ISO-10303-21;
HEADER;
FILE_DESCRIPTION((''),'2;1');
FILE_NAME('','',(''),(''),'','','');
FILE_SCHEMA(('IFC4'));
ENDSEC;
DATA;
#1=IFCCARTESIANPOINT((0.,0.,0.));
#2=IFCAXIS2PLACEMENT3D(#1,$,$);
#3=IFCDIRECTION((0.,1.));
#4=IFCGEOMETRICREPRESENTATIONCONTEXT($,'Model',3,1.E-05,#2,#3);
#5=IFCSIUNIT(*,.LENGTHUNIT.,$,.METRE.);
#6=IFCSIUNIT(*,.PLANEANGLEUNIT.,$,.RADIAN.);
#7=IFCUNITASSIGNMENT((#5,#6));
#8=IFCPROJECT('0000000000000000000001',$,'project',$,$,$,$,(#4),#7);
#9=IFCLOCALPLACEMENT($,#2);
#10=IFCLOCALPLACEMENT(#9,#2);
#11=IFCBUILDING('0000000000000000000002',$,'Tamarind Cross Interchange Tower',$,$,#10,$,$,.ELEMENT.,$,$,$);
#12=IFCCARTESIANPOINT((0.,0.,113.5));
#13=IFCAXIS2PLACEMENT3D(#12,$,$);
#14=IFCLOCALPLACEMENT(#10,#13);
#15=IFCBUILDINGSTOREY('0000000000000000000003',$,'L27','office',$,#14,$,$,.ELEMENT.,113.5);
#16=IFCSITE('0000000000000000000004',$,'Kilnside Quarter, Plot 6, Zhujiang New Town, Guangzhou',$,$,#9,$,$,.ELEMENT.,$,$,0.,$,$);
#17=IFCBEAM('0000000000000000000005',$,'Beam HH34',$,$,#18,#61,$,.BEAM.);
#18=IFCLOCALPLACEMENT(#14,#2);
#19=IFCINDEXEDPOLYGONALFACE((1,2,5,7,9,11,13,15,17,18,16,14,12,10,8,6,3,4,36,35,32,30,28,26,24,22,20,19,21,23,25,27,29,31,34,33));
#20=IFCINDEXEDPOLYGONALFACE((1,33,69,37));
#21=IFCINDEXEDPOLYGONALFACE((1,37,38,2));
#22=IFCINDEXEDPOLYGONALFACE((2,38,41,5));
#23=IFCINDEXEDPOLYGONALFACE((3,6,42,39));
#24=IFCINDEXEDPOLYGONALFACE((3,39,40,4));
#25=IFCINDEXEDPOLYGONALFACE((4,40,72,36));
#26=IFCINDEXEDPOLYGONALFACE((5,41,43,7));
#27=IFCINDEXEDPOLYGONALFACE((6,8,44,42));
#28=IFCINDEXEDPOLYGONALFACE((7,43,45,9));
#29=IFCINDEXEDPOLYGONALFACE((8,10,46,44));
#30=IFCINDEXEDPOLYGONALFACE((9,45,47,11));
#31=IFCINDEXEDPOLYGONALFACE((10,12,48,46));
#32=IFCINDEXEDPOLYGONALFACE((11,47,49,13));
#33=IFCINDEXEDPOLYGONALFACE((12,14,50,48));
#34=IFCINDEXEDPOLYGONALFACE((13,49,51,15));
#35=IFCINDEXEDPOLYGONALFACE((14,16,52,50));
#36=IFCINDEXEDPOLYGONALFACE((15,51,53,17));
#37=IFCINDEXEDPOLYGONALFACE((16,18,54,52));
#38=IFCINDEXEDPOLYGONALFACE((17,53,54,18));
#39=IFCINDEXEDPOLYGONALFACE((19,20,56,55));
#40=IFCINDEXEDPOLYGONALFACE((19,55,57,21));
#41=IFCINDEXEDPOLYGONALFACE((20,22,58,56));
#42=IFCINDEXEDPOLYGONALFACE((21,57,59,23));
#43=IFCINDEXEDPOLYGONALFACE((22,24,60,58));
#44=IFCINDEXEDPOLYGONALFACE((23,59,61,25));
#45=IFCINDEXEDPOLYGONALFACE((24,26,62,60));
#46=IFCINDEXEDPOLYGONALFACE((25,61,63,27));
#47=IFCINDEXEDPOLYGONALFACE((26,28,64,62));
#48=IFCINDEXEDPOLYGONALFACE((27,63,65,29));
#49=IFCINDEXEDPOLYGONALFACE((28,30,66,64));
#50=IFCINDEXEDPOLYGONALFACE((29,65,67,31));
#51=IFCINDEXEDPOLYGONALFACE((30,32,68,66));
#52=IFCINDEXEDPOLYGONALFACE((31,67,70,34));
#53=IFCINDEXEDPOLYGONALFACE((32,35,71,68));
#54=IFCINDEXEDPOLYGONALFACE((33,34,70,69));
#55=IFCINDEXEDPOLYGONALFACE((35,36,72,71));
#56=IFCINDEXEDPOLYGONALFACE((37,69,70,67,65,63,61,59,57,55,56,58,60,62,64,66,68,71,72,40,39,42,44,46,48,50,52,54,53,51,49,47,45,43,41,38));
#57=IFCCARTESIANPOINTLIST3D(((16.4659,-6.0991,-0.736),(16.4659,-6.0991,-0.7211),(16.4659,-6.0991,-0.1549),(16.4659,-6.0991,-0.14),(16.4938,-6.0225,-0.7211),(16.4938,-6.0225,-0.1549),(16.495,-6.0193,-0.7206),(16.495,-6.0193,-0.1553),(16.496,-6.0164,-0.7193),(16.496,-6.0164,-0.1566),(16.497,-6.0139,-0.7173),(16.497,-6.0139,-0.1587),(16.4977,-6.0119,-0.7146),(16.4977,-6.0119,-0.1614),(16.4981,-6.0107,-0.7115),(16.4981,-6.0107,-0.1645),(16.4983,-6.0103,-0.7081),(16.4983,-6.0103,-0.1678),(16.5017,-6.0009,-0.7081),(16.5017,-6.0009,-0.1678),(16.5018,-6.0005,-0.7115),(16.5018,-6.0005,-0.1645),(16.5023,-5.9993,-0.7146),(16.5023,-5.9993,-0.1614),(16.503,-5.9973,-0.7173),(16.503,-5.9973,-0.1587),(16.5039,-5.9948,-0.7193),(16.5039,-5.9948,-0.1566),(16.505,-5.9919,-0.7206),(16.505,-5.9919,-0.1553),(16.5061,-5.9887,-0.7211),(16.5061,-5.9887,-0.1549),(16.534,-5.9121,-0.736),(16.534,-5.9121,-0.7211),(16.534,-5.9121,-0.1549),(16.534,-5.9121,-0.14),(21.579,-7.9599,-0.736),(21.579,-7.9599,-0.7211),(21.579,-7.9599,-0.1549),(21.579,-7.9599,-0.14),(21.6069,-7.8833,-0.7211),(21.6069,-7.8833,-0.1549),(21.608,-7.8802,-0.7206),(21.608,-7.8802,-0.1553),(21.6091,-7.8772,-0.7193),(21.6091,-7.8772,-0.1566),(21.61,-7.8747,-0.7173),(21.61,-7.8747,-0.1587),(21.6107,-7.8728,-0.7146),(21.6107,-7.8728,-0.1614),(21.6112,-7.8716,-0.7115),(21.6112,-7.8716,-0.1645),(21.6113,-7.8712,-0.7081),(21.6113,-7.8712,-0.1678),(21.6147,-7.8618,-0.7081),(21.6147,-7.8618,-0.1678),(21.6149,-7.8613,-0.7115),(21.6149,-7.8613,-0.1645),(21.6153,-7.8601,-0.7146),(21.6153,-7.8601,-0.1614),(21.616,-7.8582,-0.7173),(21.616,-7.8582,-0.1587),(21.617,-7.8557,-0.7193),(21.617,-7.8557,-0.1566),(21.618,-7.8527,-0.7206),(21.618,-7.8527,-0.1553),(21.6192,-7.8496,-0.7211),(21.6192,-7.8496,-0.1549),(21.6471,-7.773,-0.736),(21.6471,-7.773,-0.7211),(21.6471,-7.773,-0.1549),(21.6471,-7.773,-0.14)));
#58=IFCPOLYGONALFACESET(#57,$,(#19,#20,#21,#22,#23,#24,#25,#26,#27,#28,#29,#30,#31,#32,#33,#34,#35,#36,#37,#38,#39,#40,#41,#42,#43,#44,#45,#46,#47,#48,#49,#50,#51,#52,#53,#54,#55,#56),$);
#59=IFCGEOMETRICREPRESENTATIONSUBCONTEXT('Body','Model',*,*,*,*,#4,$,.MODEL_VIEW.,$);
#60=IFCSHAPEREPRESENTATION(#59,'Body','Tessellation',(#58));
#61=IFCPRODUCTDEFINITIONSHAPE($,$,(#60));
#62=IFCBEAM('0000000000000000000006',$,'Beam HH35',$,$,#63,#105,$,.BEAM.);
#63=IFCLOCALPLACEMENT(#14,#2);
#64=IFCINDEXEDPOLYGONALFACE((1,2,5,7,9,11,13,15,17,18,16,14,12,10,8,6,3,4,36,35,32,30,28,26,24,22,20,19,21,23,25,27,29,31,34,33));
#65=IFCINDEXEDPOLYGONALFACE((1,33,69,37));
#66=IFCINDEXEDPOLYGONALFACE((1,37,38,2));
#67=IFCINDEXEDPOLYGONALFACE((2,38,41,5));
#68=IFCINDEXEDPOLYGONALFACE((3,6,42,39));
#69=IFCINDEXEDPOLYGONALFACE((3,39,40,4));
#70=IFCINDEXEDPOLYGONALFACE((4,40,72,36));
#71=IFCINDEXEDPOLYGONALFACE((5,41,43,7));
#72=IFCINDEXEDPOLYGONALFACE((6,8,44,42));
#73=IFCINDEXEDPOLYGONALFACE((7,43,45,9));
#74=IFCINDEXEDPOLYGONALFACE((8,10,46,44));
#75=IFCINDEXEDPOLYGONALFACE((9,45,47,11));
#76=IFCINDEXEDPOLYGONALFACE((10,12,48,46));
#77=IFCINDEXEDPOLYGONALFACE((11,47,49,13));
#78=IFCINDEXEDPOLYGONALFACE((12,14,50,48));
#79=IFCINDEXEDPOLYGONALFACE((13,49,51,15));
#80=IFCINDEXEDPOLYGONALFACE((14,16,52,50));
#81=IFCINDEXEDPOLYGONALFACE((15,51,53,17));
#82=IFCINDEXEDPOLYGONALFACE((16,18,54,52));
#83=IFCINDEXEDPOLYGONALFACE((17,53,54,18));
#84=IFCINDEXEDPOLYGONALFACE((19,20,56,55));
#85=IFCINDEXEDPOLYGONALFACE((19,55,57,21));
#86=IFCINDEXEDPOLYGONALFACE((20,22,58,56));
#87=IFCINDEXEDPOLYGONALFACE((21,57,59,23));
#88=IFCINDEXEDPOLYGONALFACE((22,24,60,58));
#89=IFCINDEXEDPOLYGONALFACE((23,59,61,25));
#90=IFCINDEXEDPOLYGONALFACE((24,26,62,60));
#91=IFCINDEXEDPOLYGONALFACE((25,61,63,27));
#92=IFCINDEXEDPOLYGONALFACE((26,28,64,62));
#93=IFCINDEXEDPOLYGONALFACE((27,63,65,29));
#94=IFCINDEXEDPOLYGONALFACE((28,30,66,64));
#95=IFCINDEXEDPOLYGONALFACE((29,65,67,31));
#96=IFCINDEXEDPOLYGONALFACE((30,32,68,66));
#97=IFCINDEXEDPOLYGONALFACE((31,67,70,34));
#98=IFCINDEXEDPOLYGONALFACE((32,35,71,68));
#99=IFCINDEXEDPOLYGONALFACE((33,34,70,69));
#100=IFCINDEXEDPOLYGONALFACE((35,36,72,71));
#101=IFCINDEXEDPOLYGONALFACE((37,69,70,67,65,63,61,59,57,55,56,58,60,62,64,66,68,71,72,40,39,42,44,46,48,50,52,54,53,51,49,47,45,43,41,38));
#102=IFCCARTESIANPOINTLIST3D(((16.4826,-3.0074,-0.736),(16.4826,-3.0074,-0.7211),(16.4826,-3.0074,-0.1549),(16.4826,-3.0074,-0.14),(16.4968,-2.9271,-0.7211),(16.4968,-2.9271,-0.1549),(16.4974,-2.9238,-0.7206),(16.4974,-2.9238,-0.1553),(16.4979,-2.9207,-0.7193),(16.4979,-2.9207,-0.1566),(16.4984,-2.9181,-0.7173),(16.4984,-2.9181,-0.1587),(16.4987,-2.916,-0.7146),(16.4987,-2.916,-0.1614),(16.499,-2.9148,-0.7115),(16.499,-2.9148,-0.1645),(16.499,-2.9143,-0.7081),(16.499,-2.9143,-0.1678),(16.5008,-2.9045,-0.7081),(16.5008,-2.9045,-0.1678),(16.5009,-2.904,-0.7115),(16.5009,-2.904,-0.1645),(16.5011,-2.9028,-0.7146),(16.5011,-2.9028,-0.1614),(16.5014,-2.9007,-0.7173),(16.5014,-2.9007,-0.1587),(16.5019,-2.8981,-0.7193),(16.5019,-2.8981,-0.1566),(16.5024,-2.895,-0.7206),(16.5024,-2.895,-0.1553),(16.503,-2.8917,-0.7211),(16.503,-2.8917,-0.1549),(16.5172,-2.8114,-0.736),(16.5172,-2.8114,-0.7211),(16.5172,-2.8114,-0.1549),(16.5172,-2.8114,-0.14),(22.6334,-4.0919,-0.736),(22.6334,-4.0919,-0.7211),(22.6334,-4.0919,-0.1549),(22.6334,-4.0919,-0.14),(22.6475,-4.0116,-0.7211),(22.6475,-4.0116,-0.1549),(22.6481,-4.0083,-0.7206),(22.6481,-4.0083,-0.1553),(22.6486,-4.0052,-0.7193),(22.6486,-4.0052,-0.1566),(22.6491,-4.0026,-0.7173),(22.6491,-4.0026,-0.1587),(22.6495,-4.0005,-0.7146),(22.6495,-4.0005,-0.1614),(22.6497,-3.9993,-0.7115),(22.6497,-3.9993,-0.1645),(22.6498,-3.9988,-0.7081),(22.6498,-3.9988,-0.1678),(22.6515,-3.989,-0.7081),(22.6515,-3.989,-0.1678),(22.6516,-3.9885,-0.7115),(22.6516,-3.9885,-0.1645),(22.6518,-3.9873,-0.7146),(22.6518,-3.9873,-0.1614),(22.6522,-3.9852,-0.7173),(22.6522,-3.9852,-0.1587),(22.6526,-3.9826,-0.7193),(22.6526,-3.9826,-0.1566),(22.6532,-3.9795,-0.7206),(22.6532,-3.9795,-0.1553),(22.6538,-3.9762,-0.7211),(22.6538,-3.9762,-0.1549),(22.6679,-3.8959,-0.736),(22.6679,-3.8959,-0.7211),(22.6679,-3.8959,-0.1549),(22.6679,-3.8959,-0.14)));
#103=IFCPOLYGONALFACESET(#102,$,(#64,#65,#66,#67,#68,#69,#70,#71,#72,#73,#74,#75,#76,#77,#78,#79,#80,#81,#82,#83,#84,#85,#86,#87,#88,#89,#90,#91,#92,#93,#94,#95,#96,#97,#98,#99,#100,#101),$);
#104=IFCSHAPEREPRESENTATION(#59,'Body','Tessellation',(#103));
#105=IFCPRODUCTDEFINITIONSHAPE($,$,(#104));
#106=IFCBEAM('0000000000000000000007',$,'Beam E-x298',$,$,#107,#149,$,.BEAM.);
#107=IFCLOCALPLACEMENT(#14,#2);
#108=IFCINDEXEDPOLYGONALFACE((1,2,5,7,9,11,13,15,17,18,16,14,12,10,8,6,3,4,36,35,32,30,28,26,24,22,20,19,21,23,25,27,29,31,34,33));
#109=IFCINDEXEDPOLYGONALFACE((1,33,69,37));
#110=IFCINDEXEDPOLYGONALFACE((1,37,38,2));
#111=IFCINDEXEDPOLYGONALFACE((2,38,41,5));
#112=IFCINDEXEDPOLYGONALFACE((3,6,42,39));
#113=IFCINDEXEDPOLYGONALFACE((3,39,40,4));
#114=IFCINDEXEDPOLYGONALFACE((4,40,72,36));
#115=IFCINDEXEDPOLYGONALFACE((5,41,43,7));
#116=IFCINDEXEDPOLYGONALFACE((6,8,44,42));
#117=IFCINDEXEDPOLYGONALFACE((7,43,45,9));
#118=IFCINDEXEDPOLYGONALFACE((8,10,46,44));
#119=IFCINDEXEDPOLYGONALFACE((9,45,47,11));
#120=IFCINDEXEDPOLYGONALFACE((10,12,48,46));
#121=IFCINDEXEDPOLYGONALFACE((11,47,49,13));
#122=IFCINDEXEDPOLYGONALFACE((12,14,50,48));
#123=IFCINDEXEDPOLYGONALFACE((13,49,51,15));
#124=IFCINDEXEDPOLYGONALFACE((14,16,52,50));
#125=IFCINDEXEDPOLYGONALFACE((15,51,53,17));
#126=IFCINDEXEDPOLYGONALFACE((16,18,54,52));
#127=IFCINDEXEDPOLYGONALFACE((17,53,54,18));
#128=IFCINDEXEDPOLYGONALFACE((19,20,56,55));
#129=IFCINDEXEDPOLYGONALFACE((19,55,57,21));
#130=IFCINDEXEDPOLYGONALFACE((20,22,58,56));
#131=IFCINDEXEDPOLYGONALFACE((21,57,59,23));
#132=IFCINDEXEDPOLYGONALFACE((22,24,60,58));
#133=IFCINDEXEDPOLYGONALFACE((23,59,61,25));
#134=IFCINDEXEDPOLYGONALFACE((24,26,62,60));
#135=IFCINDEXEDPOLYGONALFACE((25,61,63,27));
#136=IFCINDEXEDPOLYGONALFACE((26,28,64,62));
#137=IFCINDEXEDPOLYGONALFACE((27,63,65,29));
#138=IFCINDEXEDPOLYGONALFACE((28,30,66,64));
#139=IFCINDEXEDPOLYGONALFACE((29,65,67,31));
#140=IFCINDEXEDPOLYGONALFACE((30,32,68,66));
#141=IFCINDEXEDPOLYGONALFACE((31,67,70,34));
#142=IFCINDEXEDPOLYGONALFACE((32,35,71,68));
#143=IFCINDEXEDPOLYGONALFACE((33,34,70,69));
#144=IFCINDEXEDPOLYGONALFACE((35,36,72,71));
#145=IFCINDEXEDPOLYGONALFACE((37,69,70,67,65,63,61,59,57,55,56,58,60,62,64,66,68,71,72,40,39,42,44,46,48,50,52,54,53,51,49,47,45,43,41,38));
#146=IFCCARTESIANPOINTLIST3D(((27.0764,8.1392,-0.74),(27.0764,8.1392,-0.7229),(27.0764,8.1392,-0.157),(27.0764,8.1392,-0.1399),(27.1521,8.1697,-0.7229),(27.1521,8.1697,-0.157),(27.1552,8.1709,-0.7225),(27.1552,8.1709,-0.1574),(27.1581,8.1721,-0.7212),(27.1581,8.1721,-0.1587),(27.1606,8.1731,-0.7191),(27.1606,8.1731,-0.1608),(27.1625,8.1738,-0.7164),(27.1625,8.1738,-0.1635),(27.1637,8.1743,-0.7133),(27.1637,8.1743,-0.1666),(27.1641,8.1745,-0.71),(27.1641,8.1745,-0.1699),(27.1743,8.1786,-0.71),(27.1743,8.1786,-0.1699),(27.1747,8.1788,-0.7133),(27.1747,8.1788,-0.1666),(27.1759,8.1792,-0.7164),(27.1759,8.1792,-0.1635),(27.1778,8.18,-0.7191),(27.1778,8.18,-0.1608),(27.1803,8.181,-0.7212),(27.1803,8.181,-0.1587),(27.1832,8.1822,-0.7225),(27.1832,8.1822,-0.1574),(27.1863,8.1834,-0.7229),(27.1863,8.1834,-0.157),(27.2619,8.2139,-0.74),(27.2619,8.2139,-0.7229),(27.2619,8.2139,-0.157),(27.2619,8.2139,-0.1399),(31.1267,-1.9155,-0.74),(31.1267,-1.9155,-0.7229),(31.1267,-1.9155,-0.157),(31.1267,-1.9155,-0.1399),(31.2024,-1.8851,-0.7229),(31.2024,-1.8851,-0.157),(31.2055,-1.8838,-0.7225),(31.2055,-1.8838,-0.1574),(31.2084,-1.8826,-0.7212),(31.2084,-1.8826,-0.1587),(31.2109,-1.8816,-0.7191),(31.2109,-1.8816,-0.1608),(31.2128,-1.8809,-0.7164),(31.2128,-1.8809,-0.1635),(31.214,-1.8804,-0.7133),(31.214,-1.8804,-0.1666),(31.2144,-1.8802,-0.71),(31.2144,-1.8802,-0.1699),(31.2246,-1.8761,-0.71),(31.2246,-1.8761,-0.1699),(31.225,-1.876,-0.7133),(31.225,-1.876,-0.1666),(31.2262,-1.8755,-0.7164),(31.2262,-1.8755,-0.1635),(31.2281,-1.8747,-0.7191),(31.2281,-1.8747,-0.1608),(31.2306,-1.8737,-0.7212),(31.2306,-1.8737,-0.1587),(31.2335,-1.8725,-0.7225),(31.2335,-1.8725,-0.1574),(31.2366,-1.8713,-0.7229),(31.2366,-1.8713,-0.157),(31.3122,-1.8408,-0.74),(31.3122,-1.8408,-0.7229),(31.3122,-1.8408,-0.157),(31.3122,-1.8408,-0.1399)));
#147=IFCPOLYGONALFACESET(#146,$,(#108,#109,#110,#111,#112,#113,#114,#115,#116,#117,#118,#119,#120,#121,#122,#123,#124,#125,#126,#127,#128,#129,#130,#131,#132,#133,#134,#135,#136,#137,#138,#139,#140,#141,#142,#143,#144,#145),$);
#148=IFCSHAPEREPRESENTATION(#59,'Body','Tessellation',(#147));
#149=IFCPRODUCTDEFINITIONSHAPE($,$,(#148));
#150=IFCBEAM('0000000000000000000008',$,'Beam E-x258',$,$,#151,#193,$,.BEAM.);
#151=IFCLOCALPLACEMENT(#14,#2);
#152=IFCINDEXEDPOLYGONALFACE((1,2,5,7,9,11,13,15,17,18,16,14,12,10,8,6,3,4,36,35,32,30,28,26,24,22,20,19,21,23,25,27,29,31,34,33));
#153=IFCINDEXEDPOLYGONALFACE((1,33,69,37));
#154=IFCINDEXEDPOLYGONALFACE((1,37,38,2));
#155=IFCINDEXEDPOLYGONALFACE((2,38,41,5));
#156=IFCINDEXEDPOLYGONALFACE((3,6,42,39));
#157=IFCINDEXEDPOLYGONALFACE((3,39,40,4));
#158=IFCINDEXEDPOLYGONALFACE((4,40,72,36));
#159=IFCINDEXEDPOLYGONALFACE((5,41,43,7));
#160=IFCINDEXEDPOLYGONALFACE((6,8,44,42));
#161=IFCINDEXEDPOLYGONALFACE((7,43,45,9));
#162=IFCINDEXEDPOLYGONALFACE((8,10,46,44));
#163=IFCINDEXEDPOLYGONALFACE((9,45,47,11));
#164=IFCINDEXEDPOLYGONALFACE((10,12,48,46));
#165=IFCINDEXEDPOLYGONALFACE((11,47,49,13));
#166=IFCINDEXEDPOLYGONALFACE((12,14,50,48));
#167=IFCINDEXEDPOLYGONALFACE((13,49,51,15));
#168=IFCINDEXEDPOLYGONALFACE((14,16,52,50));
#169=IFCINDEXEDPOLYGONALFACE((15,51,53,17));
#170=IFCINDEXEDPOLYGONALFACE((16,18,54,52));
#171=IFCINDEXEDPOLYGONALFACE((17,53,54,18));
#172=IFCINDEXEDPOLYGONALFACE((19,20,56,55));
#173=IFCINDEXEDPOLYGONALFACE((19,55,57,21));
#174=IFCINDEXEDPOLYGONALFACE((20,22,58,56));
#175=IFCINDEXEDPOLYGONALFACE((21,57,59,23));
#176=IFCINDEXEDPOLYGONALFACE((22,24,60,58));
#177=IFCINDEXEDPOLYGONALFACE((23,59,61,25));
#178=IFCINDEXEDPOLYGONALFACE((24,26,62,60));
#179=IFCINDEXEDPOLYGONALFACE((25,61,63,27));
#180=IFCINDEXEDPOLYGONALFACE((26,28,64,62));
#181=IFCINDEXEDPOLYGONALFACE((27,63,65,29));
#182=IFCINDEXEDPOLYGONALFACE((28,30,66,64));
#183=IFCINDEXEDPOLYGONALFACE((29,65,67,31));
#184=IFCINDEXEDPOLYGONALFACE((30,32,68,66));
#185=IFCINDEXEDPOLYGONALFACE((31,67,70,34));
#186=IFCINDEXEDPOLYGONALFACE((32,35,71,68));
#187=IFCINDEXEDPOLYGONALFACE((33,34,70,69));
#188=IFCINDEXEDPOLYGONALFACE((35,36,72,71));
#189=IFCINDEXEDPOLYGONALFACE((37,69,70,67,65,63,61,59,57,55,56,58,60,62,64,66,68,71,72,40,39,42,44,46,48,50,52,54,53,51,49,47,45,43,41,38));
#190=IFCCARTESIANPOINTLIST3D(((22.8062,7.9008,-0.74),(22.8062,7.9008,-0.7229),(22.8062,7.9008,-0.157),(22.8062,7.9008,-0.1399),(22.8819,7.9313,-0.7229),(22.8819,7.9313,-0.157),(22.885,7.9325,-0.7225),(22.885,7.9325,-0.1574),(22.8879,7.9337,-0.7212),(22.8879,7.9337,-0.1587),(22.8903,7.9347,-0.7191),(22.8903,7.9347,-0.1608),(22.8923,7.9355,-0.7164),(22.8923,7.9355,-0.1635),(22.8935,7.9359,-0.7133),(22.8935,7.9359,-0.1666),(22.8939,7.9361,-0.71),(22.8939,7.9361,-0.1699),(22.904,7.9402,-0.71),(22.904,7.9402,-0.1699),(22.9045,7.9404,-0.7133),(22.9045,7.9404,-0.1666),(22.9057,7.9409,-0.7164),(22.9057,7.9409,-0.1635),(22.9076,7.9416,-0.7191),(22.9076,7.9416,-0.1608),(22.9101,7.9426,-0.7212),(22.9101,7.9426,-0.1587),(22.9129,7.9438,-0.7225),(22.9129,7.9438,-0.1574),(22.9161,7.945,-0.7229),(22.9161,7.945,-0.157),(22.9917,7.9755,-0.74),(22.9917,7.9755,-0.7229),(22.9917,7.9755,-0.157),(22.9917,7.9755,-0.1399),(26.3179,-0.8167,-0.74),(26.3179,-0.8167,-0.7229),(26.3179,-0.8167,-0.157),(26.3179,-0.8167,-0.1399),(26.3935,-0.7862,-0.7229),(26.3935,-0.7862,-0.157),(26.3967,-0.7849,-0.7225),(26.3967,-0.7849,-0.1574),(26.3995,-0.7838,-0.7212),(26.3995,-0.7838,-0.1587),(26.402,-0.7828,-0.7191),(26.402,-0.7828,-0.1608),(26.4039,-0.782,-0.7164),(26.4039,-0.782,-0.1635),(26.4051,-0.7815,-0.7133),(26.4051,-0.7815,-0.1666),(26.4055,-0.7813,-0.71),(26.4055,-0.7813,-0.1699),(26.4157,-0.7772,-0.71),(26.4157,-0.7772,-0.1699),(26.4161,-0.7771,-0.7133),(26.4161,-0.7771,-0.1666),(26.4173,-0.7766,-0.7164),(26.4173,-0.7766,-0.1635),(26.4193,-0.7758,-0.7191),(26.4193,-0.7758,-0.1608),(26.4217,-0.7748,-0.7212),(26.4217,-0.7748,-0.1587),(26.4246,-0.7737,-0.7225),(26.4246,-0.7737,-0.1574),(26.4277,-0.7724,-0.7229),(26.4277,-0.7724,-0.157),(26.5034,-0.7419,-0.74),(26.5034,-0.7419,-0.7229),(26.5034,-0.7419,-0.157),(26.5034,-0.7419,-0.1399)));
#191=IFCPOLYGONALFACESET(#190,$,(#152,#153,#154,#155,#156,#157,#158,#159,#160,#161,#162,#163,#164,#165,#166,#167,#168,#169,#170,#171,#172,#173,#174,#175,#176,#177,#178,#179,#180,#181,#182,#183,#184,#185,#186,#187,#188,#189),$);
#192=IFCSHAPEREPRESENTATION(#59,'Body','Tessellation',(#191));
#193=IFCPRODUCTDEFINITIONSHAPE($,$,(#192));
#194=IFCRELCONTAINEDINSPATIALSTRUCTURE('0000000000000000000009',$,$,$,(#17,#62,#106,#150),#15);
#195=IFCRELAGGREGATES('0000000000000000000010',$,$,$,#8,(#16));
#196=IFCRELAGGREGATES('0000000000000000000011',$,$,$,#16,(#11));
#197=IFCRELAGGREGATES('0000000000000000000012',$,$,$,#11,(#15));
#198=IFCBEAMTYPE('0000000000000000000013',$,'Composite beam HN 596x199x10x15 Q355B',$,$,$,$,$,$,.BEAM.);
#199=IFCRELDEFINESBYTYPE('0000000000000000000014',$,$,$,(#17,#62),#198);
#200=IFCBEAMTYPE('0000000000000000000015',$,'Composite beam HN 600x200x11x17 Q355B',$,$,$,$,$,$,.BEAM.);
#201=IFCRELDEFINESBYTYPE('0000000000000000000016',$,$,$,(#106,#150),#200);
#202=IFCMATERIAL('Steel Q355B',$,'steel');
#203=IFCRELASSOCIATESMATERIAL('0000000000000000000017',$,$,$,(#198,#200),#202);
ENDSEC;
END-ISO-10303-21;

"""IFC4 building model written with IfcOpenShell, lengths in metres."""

from ifc_helpers import new_model, si_unit, direction, frame, origin, origin_2d, place, context, subcontext, project, spatial, i_section, extrude, material, material_profile, profile_set, type_object, element, save


model = new_model("IFC4")

# Units and contexts
model_context = context("Model", 3, precision=1e-05, world=origin(), true_north=direction((0.0, 1.0)))
body_context = subcontext(model_context, "Body", "Model", "MODEL_VIEW")
ifc_project = project(units=[si_unit("LENGTHUNIT", "METRE"), si_unit("PLANEANGLEUNIT", "RADIAN")], contexts=[model_context])

# Site, building, storey
site_placement = place(None, origin())
site = spatial("IfcSite", under=ifc_project, at=site_placement, Name="Kilnside Quarter, Plot 6, Zhujiang New Town, Guangzhou", CompositionType="ELEMENT", RefElevation=0.0)
building_placement = place(site_placement, origin())
building = spatial("IfcBuilding", under=site, at=building_placement, Name="Tamarind Cross Interchange Tower", CompositionType="ELEMENT")
storey_placement = place(building_placement, frame((0.0, 0.0, 113.5)))
storey = spatial("IfcBuildingStorey", under=building, at=storey_placement, Name="L27", Description="office", CompositionType="ELEMENT", Elevation=113.5)

# Beams
ifc_material_1 = material(Name="Steel Q355B", Category="steel")
ifc_material_profile_1 = material_profile(ifc_material_1, i_section(OverallWidth=0.199, OverallDepth=0.5959, WebThickness=0.01, FlangeThickness=0.0149, FilletRadius=0.0129, at=origin_2d()), Name="HN 596x199x10x15")
ifc_profile_set_1 = profile_set([ifc_material_profile_1], Name="Steel Q355B")
beam_type_1 = type_object("IfcBeamType", Name="Composite beam HN 596x199x10x15 Q355B", PredefinedType="BEAM", material=ifc_profile_set_1)
beam_1_placement = place(storey_placement, frame((21.613, -7.8665, -0.438), z_axis=(-0.939702, 0.341995, 0.0), x_axis=(-0.341995, -0.939702, 0.0)))
element("IfcBeam", 1, at=beam_1_placement, inside=storey, type_object=beam_type_1, Name="Beam HH34", PredefinedType="BEAM", context=body_context, shape_type="SweptSolid", body=[
    extrude(i_section(OverallWidth=0.199, OverallDepth=0.5959, WebThickness=0.01, FlangeThickness=0.0149, FilletRadius=0.0129, at=origin_2d()), origin(), (0.0, 0.0, 1.0), 5.4412),
])
beam_2_placement = place(storey_placement, frame((22.6506, -3.9939, -0.438), z_axis=(-0.984809, 0.17364, 0.0), x_axis=(-0.17364, -0.984809, 0.0)))
element("IfcBeam", 2, at=beam_2_placement, inside=storey, type_object=beam_type_1, Name="Beam HH35", PredefinedType="BEAM", context=body_context, shape_type="SweptSolid", body=[
    extrude(i_section(OverallWidth=0.199, OverallDepth=0.5959, WebThickness=0.01, FlangeThickness=0.0149, FilletRadius=0.0129, at=origin_2d()), origin(), (0.0, 0.0, 1.0), 6.2456),
])
ifc_material_profile_2 = material_profile(ifc_material_1, i_section(OverallWidth=0.2, OverallDepth=0.6001, WebThickness=0.011, FlangeThickness=0.0171, FilletRadius=0.0129, at=origin_2d()), Name="HN 600x200x11x17")
ifc_profile_set_2 = profile_set([ifc_material_profile_2], Name="Steel Q355B")
beam_type_2 = type_object("IfcBeamType", Name="Composite beam HN 600x200x11x17 Q355B", PredefinedType="BEAM", material=ifc_profile_set_2)
beam_3_placement = place(storey_placement, frame((31.2195, -1.8782, -0.4399), z_axis=(-0.37365, 0.92757, 0.0), x_axis=(-0.92757, -0.37365, 0.0)))
element("IfcBeam", 3, at=beam_3_placement, inside=storey, type_object=beam_type_2, Name="Beam E-x298", PredefinedType="BEAM", context=body_context, shape_type="SweptSolid", body=[
    extrude(i_section(OverallWidth=0.2, OverallDepth=0.6001, WebThickness=0.011, FlangeThickness=0.0171, FilletRadius=0.0129, at=origin_2d()), origin(), (0.0, 0.0, 1.0), 10.8398),
])
beam_4_placement = place(storey_placement, frame((26.4106, -0.7793, -0.4399), z_axis=(-0.373656, 0.927567, 0.0), x_axis=(-0.927567, -0.373656, 0.0)))
element("IfcBeam", 4, at=beam_4_placement, inside=storey, type_object=beam_type_2, Name="Beam E-x258", PredefinedType="BEAM", context=body_context, shape_type="SweptSolid", body=[
    extrude(i_section(OverallWidth=0.2, OverallDepth=0.6001, WebThickness=0.011, FlangeThickness=0.0171, FilletRadius=0.0129, at=origin_2d()), origin(), (0.0, 0.0, 1.0), 9.3982),
])

save(model, "model.ifc")
